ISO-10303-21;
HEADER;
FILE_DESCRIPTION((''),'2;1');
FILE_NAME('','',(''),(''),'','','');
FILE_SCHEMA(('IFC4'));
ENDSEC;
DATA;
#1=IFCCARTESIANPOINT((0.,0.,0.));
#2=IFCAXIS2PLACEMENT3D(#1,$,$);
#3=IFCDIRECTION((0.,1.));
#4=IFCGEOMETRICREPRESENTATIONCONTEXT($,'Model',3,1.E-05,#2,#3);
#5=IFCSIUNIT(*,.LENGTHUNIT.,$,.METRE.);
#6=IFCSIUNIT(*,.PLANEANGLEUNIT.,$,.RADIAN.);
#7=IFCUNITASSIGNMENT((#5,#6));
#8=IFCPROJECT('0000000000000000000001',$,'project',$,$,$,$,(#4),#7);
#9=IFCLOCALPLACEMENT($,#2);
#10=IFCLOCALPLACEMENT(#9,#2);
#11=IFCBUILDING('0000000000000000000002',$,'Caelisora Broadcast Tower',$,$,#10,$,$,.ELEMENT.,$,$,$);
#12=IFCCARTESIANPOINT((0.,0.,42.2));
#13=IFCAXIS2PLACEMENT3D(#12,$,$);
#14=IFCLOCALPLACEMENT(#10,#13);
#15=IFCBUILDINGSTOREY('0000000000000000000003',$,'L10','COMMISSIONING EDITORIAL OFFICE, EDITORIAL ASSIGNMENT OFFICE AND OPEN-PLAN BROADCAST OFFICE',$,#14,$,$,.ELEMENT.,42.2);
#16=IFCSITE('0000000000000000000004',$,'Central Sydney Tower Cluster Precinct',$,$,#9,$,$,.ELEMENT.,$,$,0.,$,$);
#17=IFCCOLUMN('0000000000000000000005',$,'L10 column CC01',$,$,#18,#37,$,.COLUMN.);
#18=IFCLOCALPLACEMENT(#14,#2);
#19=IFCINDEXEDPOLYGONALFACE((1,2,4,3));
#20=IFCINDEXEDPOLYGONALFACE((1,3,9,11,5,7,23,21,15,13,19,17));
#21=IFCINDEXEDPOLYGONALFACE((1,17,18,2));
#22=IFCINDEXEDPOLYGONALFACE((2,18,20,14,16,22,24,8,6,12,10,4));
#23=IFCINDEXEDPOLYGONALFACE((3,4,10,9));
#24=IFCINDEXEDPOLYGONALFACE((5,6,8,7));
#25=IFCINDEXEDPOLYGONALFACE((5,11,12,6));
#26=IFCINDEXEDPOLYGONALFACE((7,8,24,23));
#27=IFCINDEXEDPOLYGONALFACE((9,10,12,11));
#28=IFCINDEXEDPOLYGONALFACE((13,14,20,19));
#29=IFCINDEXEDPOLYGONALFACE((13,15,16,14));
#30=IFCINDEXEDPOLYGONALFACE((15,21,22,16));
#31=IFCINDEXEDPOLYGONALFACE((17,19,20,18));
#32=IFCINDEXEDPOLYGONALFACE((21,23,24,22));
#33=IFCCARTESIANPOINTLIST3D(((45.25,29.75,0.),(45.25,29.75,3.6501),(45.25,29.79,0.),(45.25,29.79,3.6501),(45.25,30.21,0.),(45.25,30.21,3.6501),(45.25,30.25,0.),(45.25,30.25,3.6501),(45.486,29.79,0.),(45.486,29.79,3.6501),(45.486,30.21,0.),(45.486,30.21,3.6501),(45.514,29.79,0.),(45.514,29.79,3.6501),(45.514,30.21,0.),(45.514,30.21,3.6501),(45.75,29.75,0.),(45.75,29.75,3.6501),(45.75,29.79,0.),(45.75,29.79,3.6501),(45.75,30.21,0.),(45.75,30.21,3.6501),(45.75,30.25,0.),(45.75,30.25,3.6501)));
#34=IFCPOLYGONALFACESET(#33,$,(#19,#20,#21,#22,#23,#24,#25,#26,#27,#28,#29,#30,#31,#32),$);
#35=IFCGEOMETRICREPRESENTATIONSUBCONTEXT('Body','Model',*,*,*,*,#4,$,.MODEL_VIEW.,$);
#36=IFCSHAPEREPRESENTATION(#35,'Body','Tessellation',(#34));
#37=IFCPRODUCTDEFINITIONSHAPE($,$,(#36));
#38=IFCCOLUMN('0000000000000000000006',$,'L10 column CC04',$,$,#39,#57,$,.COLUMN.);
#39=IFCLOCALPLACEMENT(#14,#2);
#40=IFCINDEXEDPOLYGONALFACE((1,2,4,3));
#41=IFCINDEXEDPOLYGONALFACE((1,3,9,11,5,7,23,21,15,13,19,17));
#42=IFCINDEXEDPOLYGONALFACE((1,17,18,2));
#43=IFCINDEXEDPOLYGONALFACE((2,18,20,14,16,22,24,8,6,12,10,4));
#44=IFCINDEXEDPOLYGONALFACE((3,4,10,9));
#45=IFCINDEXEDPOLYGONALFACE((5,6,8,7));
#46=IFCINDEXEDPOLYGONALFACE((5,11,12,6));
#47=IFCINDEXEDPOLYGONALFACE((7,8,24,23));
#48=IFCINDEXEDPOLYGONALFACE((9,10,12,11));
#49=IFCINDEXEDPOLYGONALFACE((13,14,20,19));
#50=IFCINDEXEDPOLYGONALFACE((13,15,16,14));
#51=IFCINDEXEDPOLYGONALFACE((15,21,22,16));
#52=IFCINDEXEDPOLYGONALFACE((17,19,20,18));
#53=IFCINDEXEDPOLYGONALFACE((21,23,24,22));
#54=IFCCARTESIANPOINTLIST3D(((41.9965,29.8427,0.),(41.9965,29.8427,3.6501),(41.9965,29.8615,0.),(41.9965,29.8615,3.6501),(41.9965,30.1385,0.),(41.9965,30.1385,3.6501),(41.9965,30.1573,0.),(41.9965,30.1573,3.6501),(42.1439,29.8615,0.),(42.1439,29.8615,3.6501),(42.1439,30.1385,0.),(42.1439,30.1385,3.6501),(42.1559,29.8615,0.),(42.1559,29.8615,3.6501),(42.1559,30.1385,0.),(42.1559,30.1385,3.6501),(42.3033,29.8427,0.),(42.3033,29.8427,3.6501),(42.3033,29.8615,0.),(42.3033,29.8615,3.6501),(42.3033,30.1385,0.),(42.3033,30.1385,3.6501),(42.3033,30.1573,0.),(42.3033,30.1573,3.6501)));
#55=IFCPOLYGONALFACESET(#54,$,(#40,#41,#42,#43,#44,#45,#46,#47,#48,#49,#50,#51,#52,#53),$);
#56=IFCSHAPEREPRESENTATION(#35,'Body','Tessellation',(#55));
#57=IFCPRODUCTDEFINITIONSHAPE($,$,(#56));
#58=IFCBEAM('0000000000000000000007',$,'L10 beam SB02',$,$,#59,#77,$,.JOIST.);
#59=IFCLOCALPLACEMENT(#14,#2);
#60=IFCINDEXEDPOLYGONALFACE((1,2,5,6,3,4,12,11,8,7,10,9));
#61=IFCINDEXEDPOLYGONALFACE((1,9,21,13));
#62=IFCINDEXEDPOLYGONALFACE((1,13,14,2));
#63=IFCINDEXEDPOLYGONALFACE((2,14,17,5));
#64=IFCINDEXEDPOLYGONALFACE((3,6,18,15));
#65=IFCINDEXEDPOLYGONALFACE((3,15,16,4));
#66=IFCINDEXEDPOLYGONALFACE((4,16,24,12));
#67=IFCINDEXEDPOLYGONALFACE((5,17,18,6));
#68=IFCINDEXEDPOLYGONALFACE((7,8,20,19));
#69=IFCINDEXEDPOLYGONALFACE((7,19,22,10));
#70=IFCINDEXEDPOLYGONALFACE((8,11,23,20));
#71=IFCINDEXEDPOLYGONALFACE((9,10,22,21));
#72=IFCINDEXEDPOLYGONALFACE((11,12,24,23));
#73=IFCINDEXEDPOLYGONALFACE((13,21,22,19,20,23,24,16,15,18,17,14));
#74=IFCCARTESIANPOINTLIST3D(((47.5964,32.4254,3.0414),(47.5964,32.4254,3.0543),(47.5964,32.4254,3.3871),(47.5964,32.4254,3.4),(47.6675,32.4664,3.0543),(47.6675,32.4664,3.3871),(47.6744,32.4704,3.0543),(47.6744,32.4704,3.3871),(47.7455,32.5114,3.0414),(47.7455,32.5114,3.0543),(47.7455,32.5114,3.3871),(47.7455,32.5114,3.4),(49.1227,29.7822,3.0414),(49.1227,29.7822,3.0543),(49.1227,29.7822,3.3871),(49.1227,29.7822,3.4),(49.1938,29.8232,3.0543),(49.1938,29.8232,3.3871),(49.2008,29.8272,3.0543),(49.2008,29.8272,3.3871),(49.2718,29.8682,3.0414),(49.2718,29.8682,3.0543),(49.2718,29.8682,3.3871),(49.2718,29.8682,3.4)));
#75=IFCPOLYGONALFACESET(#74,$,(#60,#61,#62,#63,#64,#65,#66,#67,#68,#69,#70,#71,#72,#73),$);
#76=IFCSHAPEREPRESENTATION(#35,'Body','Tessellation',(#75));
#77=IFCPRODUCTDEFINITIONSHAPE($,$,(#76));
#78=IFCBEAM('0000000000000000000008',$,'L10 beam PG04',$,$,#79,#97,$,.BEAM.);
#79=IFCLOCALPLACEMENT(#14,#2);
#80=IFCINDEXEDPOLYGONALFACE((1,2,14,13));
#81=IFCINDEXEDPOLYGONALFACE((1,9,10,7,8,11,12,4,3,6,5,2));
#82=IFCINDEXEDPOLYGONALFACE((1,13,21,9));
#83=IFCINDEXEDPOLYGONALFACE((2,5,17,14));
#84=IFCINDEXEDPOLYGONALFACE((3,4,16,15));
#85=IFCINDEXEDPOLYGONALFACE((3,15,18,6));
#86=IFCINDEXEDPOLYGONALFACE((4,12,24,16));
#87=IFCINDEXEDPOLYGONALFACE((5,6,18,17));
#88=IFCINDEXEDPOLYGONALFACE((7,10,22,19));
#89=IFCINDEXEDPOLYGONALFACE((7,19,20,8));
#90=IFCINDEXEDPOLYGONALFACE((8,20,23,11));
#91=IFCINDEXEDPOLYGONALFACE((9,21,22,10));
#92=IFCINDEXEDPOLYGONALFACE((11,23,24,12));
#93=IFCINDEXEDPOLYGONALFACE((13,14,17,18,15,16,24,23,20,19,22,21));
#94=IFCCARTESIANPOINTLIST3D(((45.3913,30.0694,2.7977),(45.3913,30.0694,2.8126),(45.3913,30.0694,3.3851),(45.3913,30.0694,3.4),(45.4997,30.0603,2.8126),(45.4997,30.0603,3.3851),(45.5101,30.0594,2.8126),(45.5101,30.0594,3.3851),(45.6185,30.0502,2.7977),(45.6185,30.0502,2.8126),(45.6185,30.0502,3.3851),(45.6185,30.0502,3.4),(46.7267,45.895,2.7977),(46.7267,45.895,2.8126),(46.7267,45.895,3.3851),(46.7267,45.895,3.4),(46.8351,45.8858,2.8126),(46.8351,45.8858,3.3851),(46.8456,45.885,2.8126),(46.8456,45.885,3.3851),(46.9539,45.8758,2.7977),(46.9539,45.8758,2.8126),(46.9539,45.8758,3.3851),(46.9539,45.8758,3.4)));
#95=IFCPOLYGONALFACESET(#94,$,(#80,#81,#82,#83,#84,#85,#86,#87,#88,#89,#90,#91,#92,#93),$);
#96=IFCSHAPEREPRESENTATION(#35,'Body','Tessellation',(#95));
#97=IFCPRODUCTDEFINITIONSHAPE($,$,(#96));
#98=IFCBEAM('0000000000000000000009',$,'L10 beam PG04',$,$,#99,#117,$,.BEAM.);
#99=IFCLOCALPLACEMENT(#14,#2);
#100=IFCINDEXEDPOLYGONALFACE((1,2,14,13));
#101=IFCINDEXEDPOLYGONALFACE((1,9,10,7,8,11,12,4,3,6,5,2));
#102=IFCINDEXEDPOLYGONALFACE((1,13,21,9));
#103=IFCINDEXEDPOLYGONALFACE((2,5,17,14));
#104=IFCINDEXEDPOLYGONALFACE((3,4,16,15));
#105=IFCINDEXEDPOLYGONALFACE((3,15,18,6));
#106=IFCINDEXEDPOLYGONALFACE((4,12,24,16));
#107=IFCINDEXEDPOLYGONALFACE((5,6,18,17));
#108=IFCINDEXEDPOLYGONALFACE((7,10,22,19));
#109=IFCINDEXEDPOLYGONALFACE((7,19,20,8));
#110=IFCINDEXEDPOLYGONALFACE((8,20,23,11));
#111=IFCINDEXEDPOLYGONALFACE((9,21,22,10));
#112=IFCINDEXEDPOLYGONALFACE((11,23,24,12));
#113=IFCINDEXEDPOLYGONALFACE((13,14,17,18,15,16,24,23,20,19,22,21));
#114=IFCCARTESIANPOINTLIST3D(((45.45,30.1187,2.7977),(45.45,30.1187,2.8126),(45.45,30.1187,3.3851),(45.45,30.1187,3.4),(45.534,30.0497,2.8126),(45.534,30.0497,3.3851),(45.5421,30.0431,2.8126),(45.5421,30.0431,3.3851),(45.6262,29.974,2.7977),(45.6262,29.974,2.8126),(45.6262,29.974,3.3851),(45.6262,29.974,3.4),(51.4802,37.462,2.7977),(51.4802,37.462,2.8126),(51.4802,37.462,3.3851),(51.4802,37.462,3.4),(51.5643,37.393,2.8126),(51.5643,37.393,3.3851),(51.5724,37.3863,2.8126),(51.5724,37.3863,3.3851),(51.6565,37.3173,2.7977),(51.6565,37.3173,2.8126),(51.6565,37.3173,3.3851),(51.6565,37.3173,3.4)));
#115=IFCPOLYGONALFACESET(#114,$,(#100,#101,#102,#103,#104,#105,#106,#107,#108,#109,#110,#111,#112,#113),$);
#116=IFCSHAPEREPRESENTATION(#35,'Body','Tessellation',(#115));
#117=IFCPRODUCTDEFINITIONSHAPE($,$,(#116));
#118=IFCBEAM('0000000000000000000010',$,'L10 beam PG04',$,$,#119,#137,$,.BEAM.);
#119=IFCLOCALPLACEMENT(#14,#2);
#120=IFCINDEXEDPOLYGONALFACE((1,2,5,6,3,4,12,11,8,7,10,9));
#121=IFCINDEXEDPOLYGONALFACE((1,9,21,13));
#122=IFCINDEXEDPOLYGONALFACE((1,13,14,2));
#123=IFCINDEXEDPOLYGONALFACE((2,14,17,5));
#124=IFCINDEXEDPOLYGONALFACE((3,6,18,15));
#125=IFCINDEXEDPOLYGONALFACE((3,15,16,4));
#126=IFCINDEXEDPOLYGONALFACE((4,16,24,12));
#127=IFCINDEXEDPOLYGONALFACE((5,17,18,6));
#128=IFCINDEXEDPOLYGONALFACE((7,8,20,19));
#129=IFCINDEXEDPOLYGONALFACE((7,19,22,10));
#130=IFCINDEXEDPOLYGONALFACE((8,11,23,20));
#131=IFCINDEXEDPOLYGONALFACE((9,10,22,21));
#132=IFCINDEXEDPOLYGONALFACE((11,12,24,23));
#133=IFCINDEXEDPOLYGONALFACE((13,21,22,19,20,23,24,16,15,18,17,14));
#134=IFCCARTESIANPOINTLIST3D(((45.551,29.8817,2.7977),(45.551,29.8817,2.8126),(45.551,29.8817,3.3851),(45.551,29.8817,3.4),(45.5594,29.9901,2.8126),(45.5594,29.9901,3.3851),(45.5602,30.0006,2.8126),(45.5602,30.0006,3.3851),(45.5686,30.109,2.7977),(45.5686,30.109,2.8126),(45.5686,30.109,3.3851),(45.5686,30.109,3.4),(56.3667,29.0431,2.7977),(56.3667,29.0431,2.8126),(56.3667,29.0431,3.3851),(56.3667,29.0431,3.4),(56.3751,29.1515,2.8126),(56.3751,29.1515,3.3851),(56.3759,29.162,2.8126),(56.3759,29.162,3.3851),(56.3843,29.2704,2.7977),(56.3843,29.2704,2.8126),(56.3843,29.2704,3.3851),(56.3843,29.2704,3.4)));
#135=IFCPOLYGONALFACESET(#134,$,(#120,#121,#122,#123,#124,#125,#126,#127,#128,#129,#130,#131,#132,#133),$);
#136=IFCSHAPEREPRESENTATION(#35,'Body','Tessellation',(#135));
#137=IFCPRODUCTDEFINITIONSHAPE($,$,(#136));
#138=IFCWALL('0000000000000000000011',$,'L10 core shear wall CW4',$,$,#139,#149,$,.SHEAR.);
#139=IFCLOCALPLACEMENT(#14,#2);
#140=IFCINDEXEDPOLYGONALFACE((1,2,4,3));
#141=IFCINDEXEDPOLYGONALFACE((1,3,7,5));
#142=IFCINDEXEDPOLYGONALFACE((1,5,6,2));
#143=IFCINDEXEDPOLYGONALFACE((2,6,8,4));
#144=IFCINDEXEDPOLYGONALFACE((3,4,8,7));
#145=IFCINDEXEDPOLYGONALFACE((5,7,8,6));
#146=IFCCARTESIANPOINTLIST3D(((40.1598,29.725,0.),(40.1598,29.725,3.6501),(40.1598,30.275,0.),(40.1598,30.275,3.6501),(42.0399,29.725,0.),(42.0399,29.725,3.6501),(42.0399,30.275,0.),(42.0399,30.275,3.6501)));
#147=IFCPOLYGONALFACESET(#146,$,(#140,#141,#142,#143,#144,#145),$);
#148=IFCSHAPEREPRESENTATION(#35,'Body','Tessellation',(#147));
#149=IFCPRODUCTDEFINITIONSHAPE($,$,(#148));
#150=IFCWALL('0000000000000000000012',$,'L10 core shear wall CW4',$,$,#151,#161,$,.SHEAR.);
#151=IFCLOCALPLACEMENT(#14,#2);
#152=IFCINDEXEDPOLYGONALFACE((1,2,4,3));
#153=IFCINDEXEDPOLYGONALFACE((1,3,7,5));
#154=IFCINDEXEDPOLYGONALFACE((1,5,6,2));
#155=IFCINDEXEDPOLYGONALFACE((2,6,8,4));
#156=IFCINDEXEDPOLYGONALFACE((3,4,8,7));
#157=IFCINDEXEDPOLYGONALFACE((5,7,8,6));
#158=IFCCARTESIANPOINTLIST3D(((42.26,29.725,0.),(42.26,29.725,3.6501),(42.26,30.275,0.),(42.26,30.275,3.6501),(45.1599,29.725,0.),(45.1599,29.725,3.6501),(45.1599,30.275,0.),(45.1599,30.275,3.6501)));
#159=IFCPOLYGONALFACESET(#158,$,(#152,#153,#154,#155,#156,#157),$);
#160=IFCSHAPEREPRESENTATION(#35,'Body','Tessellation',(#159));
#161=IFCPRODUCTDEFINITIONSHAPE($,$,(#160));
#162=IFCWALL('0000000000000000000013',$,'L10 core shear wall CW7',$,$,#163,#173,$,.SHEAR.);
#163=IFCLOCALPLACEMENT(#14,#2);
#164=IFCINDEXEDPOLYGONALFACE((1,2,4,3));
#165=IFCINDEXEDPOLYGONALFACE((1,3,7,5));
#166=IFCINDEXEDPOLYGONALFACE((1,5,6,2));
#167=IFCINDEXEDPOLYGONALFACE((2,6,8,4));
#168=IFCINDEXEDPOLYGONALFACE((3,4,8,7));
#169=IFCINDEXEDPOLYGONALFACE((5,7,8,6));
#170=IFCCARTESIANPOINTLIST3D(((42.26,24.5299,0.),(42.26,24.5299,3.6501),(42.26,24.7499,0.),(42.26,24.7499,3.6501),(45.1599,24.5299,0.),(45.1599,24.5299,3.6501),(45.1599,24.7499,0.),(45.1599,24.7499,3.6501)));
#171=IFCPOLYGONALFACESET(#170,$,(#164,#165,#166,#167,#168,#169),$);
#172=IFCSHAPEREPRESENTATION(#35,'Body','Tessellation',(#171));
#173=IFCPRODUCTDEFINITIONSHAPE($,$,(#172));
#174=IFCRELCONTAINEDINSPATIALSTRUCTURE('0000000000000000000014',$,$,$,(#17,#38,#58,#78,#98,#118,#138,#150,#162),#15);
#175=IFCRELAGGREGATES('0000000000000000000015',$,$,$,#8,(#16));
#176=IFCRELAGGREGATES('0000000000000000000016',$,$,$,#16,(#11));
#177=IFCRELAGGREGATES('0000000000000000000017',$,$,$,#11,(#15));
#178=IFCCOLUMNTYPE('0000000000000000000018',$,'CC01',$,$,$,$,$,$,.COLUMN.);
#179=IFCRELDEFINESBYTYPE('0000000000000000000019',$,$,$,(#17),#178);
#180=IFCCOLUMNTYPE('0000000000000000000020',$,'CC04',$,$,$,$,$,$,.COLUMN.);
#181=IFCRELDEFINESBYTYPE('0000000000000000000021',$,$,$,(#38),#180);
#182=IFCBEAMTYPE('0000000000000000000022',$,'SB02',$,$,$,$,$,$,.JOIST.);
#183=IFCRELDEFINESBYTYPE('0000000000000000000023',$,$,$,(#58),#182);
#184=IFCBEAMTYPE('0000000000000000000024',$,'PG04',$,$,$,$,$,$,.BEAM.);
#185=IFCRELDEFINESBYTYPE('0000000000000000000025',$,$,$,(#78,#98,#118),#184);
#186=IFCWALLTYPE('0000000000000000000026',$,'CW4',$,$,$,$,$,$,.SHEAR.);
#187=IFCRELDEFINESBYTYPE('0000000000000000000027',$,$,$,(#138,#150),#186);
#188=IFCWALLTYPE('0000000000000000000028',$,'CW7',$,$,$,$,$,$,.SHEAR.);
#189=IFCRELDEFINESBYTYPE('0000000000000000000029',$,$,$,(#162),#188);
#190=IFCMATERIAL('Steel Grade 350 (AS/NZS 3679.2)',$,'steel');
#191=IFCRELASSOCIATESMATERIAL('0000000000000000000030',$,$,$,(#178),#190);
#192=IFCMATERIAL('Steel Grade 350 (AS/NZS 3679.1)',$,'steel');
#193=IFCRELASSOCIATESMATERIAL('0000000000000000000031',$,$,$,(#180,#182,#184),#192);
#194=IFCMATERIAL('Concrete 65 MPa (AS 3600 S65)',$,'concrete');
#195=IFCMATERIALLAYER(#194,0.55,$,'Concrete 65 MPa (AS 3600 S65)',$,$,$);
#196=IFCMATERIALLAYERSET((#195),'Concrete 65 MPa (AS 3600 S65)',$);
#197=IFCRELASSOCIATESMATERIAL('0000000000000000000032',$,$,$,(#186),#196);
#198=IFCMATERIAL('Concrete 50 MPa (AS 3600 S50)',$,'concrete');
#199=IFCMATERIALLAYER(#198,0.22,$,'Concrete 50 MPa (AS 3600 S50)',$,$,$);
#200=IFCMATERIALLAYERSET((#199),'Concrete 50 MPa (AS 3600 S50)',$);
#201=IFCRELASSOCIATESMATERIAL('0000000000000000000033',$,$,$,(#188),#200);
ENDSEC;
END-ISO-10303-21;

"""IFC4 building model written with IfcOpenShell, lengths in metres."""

from ifc_helpers import new_model, si_unit, direction, frame, frame_2d, origin, origin_2d, place, context, subcontext, project, spatial, rectangle, i_section, extrude, source, transform, mapped, material, layer, layer_set, material_profile, profile_set, type_object, type_shapes, element, save


model = new_model("IFC4")

# Units and contexts
model_context = context("Model", 3, precision=1e-05, world=origin(), true_north=direction((0.0, 1.0)))
body_context = subcontext(model_context, "Body", "Model", "MODEL_VIEW")
ifc_project = project(units=[si_unit("LENGTHUNIT", "METRE"), si_unit("PLANEANGLEUNIT", "RADIAN")], contexts=[model_context])

# Site, building, storey
site_placement = place(None, origin())
site = spatial("IfcSite", under=ifc_project, at=site_placement, Name="Central Sydney Tower Cluster Precinct", CompositionType="ELEMENT", RefElevation=0.0)
building_placement = place(site_placement, origin())
building = spatial("IfcBuilding", under=site, at=building_placement, Name="Caelisora Broadcast Tower", CompositionType="ELEMENT")
storey_placement = place(building_placement, frame((0.0, 0.0, 42.2)))
storey = spatial("IfcBuildingStorey", under=building, at=storey_placement, Name="L10", Description="COMMISSIONING EDITORIAL OFFICE, EDITORIAL ASSIGNMENT OFFICE AND OPEN-PLAN BROADCAST OFFICE", CompositionType="ELEMENT", Elevation=42.2)

# Columns
ifc_material_1 = material(Name="Steel Grade 350 (AS/NZS 3679.2)", Category="steel")
ifc_material_profile_1 = material_profile(ifc_material_1, i_section(OverallWidth=0.5, OverallDepth=0.5, WebThickness=0.0281, FlangeThickness=0.04, at=origin_2d()), Name="Steel Grade 350 (AS/NZS 3679.2)")
ifc_profile_set_1 = profile_set([ifc_material_profile_1], Name="Steel Grade 350 (AS/NZS 3679.2)")
column_type_1 = type_object("IfcColumnType", Name="CC01", PredefinedType="COLUMN", material=ifc_profile_set_1)
shared_shape_1 = source(origin(), body_context, "Body", "SweptSolid", [
    extrude(i_section(OverallWidth=0.5, OverallDepth=0.5, WebThickness=0.0281, FlangeThickness=0.04, at=origin_2d()), origin(), (0.0, 0.0, 1.0), 3.6501),
])
type_shapes(column_type_1, [shared_shape_1])
column_1_placement = place(storey_placement, frame((45.5, 30.0, 0.0), z_axis=(0.0, 0.0, 1.0), x_axis=(1.0, 0.0, 0.0)))
element("IfcColumn", 1, at=column_1_placement, inside=storey, type_object=column_type_1, Name="L10 column CC01", PredefinedType="COLUMN", context=body_context, shape_type="MappedRepresentation", body=[
    mapped(shared_shape_1, transform((0.0, 0.0, 0.0), scale=1.0)),
])
ifc_material_2 = material(Name="Steel Grade 350 (AS/NZS 3679.1)", Category="steel")
ifc_material_profile_2 = material_profile(ifc_material_2, i_section(OverallWidth=0.3069, OverallDepth=0.3147, WebThickness=0.012, FlangeThickness=0.0188, at=origin_2d()), Name="Steel Grade 350 (AS/NZS 3679.1)")
ifc_profile_set_2 = profile_set([ifc_material_profile_2], Name="Steel Grade 350 (AS/NZS 3679.1)")
column_type_2 = type_object("IfcColumnType", Name="CC04", PredefinedType="COLUMN", material=ifc_profile_set_2)
shared_shape_2 = source(origin(), body_context, "Body", "SweptSolid", [
    extrude(i_section(OverallWidth=0.3069, OverallDepth=0.3147, WebThickness=0.012, FlangeThickness=0.0188, at=origin_2d()), origin(), (0.0, 0.0, 1.0), 3.6501),
])
type_shapes(column_type_2, [shared_shape_2])
column_2_placement = place(storey_placement, frame((42.1499, 30.0, 0.0), z_axis=(0.0, 0.0, 1.0), x_axis=(1.0, 0.0, 0.0)))
element("IfcColumn", 2, at=column_2_placement, inside=storey, type_object=column_type_2, Name="L10 column CC04", PredefinedType="COLUMN", context=body_context, shape_type="MappedRepresentation", body=[
    mapped(shared_shape_2, transform((0.0, 0.0, 0.0), scale=1.0)),
])

# Beams
ifc_material_profile_3 = material_profile(ifc_material_2, i_section(OverallWidth=0.1721, OverallDepth=0.3586, WebThickness=0.0081, FlangeThickness=0.0129, at=origin_2d()), Name="Steel Grade 350 (AS/NZS 3679.1)")
ifc_profile_set_3 = profile_set([ifc_material_profile_3], Name="Steel Grade 350 (AS/NZS 3679.1)")
beam_type_1 = type_object("IfcBeamType", Name="SB02", PredefinedType="JOIST", material=ifc_profile_set_3)
shared_shape_3 = source(origin(), body_context, "Body", "SweptSolid", [
    extrude(i_section(OverallWidth=0.1721, OverallDepth=0.3586, WebThickness=0.0081, FlangeThickness=0.0129, at=origin_2d()), origin(), (0.0, 0.0, 1.0), 3.0522),
])
type_shapes(beam_type_1, [shared_shape_3])
beam_1_placement = place(storey_placement, frame((49.1973, 29.8252, 3.2207), z_axis=(-0.500062, 0.86599, 0.0), x_axis=(-0.86599, -0.500062, 0.0)))
element("IfcBeam", 3, at=beam_1_placement, inside=storey, type_object=beam_type_1, Name="L10 beam SB02", PredefinedType="JOIST", context=body_context, shape_type="MappedRepresentation", body=[
    mapped(shared_shape_3, transform((0.0, 0.0, 0.0), scale=1.0)),
])
ifc_material_profile_4 = material_profile(ifc_material_2, i_section(OverallWidth=0.228, OverallDepth=0.6023, WebThickness=0.0105, FlangeThickness=0.0149, at=origin_2d()), Name="Steel Grade 350 (AS/NZS 3679.1)")
ifc_profile_set_4 = profile_set([ifc_material_profile_4], Name="Steel Grade 350 (AS/NZS 3679.1)")
beam_type_2 = type_object("IfcBeamType", Name="PG04", PredefinedType="BEAM", material=ifc_profile_set_4)
shared_shape_4 = source(origin(), body_context, "Body", "SweptSolid", [
    extrude(i_section(OverallWidth=0.228, OverallDepth=0.6023, WebThickness=0.0105, FlangeThickness=0.0149, at=origin_2d()), origin(), (0.0, 0.0, 1.0), 15.8818),
])
beam_2_placement = place(storey_placement, frame((45.5049, 30.0598, 3.0989), z_axis=(0.084086, 0.996458, 0.0), x_axis=(-0.996458, 0.084086, 0.0)))
element("IfcBeam", 4, at=beam_2_placement, inside=storey, type_object=beam_type_2, Name="L10 beam PG04", PredefinedType="BEAM", context=body_context, shape_type="MappedRepresentation", body=[
    mapped(shared_shape_4, transform((0.0, 0.0, 0.0), scale=1.0)),
])
shared_shape_5 = source(origin(), body_context, "Body", "SweptSolid", [
    extrude(i_section(OverallWidth=0.228, OverallDepth=0.6023, WebThickness=0.0105, FlangeThickness=0.0149, at=origin_2d()), origin(), (0.0, 0.0, 1.0), 9.502),
])
beam_3_placement = place(storey_placement, frame((45.5381, 30.0464, 3.0989), z_axis=(0.634633, 0.772814, 0.0), x_axis=(-0.772814, 0.634633, 0.0)))
element("IfcBeam", 5, at=beam_3_placement, inside=storey, type_object=beam_type_2, Name="L10 beam PG04", PredefinedType="BEAM", context=body_context, shape_type="MappedRepresentation", body=[
    mapped(shared_shape_5, transform((0.0, 0.0, 0.0), scale=1.0)),
])
shared_shape_6 = source(origin(), body_context, "Body", "SweptSolid", [
    extrude(i_section(OverallWidth=0.228, OverallDepth=0.6023, WebThickness=0.0105, FlangeThickness=0.0149, at=origin_2d()), origin(), (0.0, 0.0, 1.0), 10.8481),
])
type_shapes(beam_type_2, [shared_shape_4, shared_shape_5, shared_shape_6])
beam_4_placement = place(storey_placement, frame((45.5598, 29.9954, 3.0989), z_axis=(0.997007, -0.077306, 0.0), x_axis=(0.077306, 0.997007, 0.0)))
element("IfcBeam", 6, at=beam_4_placement, inside=storey, type_object=beam_type_2, Name="L10 beam PG04", PredefinedType="BEAM", context=body_context, shape_type="MappedRepresentation", body=[
    mapped(shared_shape_6, transform((0.0, 0.0, 0.0), scale=1.0)),
])

# Walls
ifc_material_3 = material(Name="Concrete 65 MPa (AS 3600 S65)", Category="concrete")
ifc_layer_1 = layer(ifc_material_3, 0.55, Name="Concrete 65 MPa (AS 3600 S65)")
ifc_layer_set_1 = layer_set([ifc_layer_1], Name="Concrete 65 MPa (AS 3600 S65)")
wall_type_1 = type_object("IfcWallType", Name="CW4", PredefinedType="SHEAR", material=ifc_layer_set_1)
wall_1_placement = place(storey_placement, frame((40.1599, 30.0, 0.0), z_axis=(0.0, 0.0, 1.0), x_axis=(1.0, 0.0, 0.0)))
element("IfcWall", 7, at=wall_1_placement, inside=storey, type_object=wall_type_1, Name="L10 core shear wall CW4", PredefinedType="SHEAR", context=body_context, shape_type="SweptSolid", body=[
    extrude(rectangle(XDim=1.8801, YDim=0.55, at=frame_2d((0.9399, 0.0))), origin(), (0.0, 0.0, 1.0), 3.6501),
])
wall_2_placement = place(storey_placement, frame((42.26, 30.0, 0.0), z_axis=(0.0, 0.0, 1.0), x_axis=(1.0, 0.0, 0.0)))
element("IfcWall", 8, at=wall_2_placement, inside=storey, type_object=wall_type_1, Name="L10 core shear wall CW4", PredefinedType="SHEAR", context=body_context, shape_type="SweptSolid", body=[
    extrude(rectangle(XDim=2.8999, YDim=0.55, at=frame_2d((1.45, 0.0))), origin(), (0.0, 0.0, 1.0), 3.6501),
])
ifc_material_4 = material(Name="Concrete 50 MPa (AS 3600 S50)", Category="concrete")
ifc_layer_2 = layer(ifc_material_4, 0.22, Name="Concrete 50 MPa (AS 3600 S50)")
ifc_layer_set_2 = layer_set([ifc_layer_2], Name="Concrete 50 MPa (AS 3600 S50)")
wall_type_2 = type_object("IfcWallType", Name="CW7", PredefinedType="SHEAR", material=ifc_layer_set_2)
wall_3_placement = place(storey_placement, frame((42.26, 24.6399, 0.0), z_axis=(0.0, 0.0, 1.0), x_axis=(1.0, 0.0, 0.0)))
element("IfcWall", 9, at=wall_3_placement, inside=storey, type_object=wall_type_2, Name="L10 core shear wall CW7", PredefinedType="SHEAR", context=body_context, shape_type="SweptSolid", body=[
    extrude(rectangle(XDim=2.8999, YDim=0.22, at=frame_2d((1.45, 0.0))), origin(), (0.0, 0.0, 1.0), 3.6501),
])

save(model, "model.ifc")
